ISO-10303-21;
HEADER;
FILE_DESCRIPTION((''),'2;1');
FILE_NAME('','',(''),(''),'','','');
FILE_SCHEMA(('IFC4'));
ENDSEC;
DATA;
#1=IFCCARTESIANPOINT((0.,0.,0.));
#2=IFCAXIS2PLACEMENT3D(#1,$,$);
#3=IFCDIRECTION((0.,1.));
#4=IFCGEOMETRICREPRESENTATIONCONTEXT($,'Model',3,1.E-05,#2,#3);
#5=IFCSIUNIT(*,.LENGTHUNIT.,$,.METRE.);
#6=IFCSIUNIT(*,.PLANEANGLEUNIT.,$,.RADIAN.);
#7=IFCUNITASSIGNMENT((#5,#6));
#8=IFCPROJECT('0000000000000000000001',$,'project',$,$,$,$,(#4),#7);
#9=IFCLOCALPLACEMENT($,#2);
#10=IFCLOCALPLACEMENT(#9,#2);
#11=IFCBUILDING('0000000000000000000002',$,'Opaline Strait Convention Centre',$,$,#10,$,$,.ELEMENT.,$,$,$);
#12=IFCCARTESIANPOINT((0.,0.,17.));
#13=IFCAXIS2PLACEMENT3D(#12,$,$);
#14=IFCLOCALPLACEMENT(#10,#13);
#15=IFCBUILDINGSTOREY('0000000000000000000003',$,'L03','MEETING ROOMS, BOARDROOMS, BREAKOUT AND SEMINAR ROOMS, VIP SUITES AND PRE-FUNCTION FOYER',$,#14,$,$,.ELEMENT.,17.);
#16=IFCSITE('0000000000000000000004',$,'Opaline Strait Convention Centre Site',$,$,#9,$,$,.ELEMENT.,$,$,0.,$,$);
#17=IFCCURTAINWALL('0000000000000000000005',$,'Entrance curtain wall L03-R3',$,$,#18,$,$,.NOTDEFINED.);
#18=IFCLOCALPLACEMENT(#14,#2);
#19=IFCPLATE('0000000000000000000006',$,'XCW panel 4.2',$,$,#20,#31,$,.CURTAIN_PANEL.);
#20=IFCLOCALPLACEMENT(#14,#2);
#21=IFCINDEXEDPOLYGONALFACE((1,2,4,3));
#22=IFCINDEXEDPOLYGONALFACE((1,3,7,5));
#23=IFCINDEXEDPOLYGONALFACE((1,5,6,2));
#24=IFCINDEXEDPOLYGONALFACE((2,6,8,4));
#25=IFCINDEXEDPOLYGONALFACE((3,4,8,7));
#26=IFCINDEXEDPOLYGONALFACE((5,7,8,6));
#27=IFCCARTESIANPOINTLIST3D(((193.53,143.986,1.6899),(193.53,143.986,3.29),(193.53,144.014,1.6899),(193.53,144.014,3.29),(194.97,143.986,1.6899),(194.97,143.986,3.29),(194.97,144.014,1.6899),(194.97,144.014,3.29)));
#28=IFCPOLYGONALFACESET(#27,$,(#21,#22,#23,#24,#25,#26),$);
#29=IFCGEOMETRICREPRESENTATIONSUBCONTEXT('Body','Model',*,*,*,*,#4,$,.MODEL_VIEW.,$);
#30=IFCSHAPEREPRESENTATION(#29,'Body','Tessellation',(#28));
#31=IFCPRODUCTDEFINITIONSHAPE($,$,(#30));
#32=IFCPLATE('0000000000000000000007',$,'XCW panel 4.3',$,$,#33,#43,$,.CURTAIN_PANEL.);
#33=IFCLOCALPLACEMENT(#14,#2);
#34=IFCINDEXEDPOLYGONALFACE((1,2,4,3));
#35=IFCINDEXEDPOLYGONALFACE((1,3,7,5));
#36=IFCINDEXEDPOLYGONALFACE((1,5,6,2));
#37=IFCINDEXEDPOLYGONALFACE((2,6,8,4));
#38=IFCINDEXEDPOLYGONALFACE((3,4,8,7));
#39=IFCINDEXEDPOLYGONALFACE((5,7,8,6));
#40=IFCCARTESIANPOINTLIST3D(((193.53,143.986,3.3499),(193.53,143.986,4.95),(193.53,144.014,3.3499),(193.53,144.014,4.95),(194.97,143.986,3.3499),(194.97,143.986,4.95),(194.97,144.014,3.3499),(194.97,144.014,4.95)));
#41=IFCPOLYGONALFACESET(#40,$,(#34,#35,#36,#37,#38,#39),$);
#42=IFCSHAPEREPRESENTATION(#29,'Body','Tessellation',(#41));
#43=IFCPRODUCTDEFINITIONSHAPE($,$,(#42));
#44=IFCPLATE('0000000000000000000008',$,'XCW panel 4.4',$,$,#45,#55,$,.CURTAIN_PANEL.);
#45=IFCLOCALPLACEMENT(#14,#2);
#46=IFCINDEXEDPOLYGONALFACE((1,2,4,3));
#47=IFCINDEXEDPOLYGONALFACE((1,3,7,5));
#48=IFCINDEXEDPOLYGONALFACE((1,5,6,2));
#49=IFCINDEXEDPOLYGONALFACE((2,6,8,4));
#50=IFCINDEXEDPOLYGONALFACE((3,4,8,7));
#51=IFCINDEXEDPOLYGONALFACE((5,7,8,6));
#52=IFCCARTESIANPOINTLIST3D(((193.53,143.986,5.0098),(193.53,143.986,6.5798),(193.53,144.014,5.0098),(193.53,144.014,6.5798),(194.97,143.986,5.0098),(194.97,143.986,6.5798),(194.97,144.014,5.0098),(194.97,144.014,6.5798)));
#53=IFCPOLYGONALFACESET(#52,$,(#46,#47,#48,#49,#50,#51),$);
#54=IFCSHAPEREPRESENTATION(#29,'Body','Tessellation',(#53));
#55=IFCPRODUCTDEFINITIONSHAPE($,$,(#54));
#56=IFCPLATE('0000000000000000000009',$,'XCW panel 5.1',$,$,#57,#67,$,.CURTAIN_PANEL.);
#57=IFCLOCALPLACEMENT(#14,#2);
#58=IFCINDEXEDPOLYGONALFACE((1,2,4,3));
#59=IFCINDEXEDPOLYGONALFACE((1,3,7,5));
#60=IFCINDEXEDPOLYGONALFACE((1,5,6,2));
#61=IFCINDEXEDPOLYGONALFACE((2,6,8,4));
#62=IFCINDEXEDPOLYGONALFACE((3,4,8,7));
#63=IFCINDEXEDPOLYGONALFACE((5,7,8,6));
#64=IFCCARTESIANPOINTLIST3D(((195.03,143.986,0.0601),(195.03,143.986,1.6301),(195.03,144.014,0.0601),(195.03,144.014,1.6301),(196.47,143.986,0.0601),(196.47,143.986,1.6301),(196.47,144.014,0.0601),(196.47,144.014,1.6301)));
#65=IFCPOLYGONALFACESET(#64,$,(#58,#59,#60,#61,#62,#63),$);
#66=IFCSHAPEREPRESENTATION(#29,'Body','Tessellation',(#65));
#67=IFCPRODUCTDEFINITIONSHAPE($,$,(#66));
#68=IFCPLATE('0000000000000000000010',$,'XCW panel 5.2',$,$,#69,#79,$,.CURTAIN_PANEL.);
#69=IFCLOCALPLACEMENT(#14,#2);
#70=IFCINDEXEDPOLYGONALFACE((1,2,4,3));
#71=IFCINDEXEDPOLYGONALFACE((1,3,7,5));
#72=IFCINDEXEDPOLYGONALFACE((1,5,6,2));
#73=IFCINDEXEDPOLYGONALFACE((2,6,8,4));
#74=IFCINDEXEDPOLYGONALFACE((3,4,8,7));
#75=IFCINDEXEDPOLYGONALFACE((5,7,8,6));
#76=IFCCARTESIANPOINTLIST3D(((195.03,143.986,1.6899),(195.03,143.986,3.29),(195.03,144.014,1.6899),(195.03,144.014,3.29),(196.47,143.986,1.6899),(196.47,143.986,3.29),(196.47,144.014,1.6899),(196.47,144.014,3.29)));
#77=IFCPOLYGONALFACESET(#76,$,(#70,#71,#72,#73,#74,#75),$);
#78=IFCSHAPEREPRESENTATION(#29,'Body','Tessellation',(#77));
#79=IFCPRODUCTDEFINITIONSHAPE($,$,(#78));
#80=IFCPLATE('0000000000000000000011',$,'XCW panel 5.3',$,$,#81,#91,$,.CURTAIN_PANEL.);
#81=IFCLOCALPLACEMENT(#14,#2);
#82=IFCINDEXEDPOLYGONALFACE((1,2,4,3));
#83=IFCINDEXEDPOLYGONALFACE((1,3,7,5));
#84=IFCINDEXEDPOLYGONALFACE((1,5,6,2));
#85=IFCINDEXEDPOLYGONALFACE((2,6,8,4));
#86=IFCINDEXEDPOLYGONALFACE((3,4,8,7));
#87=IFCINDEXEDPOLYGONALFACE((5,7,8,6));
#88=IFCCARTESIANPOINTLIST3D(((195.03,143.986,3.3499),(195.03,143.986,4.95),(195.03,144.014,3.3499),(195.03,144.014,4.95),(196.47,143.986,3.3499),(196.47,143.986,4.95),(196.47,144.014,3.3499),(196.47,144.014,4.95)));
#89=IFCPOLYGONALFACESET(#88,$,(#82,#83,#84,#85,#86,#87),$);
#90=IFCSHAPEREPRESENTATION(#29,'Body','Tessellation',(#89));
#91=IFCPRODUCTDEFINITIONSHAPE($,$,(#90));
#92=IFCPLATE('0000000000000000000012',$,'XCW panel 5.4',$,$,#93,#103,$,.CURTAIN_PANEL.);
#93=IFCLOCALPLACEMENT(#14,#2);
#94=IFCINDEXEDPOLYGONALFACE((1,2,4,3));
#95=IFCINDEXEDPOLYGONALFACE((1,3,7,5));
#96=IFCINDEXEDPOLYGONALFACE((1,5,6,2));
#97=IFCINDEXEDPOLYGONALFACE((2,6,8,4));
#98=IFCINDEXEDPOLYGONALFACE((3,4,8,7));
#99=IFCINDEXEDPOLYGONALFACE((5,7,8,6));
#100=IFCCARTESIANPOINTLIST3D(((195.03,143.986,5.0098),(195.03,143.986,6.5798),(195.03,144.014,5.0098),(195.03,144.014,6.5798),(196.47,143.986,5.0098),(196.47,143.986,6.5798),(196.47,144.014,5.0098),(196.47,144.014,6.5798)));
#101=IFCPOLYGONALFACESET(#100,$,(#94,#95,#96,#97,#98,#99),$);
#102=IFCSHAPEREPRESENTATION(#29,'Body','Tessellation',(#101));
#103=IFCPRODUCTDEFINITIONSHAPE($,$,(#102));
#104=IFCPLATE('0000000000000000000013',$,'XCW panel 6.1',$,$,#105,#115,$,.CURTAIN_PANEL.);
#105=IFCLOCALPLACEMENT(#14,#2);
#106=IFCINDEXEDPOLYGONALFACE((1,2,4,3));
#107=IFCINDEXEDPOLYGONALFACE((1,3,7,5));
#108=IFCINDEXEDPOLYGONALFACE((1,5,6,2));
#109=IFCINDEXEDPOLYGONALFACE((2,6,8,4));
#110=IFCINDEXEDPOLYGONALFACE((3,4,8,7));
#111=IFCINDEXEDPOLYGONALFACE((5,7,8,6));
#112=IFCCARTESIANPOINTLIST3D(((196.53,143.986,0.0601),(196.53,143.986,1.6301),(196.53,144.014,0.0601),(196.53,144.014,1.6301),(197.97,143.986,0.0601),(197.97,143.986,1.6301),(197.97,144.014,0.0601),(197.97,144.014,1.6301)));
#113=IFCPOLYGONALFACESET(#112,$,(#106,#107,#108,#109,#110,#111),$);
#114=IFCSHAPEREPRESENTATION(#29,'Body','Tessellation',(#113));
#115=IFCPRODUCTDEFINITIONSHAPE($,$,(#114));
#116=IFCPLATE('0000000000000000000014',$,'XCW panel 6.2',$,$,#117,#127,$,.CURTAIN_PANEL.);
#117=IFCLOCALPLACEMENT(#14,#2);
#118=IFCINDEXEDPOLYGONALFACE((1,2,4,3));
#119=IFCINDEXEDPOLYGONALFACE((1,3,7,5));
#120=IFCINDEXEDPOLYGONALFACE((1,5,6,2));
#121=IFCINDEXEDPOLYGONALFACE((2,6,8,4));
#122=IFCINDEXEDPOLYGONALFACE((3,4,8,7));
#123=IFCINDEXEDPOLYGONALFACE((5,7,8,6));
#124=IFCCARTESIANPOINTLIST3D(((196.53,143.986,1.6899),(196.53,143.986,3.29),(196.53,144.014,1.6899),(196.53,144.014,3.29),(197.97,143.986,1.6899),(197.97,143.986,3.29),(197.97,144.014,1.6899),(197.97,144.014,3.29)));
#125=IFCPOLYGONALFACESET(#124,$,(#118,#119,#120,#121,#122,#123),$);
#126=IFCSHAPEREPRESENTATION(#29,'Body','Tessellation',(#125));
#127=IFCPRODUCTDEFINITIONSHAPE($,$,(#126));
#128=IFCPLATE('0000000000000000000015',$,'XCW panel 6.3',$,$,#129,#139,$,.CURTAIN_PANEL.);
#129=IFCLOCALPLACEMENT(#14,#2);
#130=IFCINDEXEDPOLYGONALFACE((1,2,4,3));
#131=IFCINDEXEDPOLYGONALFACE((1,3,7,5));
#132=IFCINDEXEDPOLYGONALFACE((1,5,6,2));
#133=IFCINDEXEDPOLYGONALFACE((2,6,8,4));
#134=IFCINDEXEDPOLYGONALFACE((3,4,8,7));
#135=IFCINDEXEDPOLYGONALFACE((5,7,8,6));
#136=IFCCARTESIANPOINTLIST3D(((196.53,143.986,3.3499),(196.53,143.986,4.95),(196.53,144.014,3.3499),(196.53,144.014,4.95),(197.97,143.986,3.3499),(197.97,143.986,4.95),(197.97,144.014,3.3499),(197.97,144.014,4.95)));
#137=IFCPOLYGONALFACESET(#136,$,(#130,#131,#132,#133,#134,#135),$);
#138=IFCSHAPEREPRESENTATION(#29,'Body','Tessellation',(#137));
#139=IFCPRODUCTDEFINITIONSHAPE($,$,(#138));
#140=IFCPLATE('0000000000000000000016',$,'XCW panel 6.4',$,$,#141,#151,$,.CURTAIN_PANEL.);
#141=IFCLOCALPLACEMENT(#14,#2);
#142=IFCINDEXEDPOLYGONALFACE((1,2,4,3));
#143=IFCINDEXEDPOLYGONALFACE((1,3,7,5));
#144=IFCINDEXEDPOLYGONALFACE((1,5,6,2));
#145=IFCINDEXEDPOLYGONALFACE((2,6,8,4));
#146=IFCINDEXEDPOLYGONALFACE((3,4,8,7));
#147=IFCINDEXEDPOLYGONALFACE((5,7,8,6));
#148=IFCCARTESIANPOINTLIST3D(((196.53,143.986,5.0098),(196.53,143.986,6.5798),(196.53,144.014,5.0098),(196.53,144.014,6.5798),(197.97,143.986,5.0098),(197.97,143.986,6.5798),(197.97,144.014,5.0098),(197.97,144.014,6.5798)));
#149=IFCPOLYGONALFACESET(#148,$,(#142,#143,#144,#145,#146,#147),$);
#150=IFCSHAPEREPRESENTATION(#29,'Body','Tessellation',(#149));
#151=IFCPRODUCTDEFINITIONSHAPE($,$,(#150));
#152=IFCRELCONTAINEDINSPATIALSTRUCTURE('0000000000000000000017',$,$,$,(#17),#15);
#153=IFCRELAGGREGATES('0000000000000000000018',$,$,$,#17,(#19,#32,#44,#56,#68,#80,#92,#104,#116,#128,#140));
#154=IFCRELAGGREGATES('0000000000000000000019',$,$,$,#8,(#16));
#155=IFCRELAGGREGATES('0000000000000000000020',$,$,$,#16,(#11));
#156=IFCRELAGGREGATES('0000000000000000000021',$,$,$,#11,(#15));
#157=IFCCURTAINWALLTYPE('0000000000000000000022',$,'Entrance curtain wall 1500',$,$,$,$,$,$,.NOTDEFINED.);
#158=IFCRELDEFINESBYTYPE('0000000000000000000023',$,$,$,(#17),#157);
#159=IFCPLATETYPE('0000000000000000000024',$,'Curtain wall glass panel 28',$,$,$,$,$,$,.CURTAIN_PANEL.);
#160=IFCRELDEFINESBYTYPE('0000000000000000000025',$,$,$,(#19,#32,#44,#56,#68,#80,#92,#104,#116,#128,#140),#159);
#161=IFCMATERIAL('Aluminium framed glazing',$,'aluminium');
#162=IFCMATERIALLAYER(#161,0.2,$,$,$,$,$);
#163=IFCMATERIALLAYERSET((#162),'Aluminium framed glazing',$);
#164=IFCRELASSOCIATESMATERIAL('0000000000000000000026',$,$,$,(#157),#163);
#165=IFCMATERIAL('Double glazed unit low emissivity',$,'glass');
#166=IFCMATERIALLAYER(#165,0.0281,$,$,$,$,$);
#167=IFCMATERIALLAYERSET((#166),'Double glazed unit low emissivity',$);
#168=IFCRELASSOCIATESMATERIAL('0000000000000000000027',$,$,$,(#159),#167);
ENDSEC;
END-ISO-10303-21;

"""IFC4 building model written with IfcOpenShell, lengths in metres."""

from ifc_helpers import new_model, si_unit, direction, frame, origin, origin_2d, place, context, subcontext, project, spatial, rectangle, extrude, material, layer, layer_set, type_object, element, aggregate, save


model = new_model("IFC4")

# Units and contexts
model_context = context("Model", 3, precision=1e-05, world=origin(), true_north=direction((0.0, 1.0)))
body_context = subcontext(model_context, "Body", "Model", "MODEL_VIEW")
ifc_project = project(units=[si_unit("LENGTHUNIT", "METRE"), si_unit("PLANEANGLEUNIT", "RADIAN")], contexts=[model_context])

# Site, building, storey
site_placement = place(None, origin())
site = spatial("IfcSite", under=ifc_project, at=site_placement, Name="Opaline Strait Convention Centre Site", CompositionType="ELEMENT", RefElevation=0.0)
building_placement = place(site_placement, origin())
building = spatial("IfcBuilding", under=site, at=building_placement, Name="Opaline Strait Convention Centre", CompositionType="ELEMENT")
storey_placement = place(building_placement, frame((0.0, 0.0, 17.0)))
storey = spatial("IfcBuildingStorey", under=building, at=storey_placement, Name="L03", Description="MEETING ROOMS, BOARDROOMS, BREAKOUT AND SEMINAR ROOMS, VIP SUITES AND PRE-FUNCTION FOYER", CompositionType="ELEMENT", Elevation=17.0)

# Curtain wall, plates
ifc_material_1 = material(Name="Aluminium framed glazing", Category="aluminium")
ifc_layer_1 = layer(ifc_material_1, 0.2)
ifc_layer_set_1 = layer_set([ifc_layer_1], Name="Aluminium framed glazing")
curtain_wall_type = type_object("IfcCurtainWallType", Name="Entrance curtain wall 1500", PredefinedType="NOTDEFINED", material=ifc_layer_set_1)
curtain_wall_placement = place(storey_placement, origin())
curtain_wall = element("IfcCurtainWall", 1, at=curtain_wall_placement, inside=storey, type_object=curtain_wall_type, Name="Entrance curtain wall L03-R3", PredefinedType="NOTDEFINED")
ifc_material_2 = material(Name="Double glazed unit low emissivity", Category="glass")
ifc_layer_2 = layer(ifc_material_2, 0.0281)
ifc_layer_set_2 = layer_set([ifc_layer_2], Name="Double glazed unit low emissivity")
plate_type = type_object("IfcPlateType", Name="Curtain wall glass panel 28", PredefinedType="CURTAIN_PANEL", material=ifc_layer_set_2)
plate_1_placement = place(storey_placement, frame((194.25, 144.0, 1.6899), z_axis=(0.0, 0.0, 1.0), x_axis=(1.0, 0.0, 0.0)))
plate_1 = element("IfcPlate", 2, at=plate_1_placement, type_object=plate_type, Name="XCW panel 4.2", PredefinedType="CURTAIN_PANEL", context=body_context, shape_type="SweptSolid", body=[
    extrude(rectangle(XDim=1.4399, YDim=0.0281, at=origin_2d()), origin(), (0.0, 0.0, 1.0), 1.6001),
])
plate_2_placement = place(storey_placement, frame((194.25, 144.0, 3.3499), z_axis=(0.0, 0.0, 1.0), x_axis=(1.0, 0.0, 0.0)))
plate_2 = element("IfcPlate", 3, at=plate_2_placement, type_object=plate_type, Name="XCW panel 4.3", PredefinedType="CURTAIN_PANEL", context=body_context, shape_type="SweptSolid", body=[
    extrude(rectangle(XDim=1.4399, YDim=0.0281, at=origin_2d()), origin(), (0.0, 0.0, 1.0), 1.6001),
])
plate_3_placement = place(storey_placement, frame((194.25, 144.0, 5.0098), z_axis=(0.0, 0.0, 1.0), x_axis=(1.0, 0.0, 0.0)))
plate_3 = element("IfcPlate", 4, at=plate_3_placement, type_object=plate_type, Name="XCW panel 4.4", PredefinedType="CURTAIN_PANEL", context=body_context, shape_type="SweptSolid", body=[
    extrude(rectangle(XDim=1.4399, YDim=0.0281, at=origin_2d()), origin(), (0.0, 0.0, 1.0), 1.5701),
])
plate_4_placement = place(storey_placement, frame((195.75, 144.0, 0.0601), z_axis=(0.0, 0.0, 1.0), x_axis=(1.0, 0.0, 0.0)))
plate_4 = element("IfcPlate", 5, at=plate_4_placement, type_object=plate_type, Name="XCW panel 5.1", PredefinedType="CURTAIN_PANEL", context=body_context, shape_type="SweptSolid", body=[
    extrude(rectangle(XDim=1.4399, YDim=0.0281, at=origin_2d()), origin(), (0.0, 0.0, 1.0), 1.5701),
])
plate_5_placement = place(storey_placement, frame((195.75, 144.0, 1.6899), z_axis=(0.0, 0.0, 1.0), x_axis=(1.0, 0.0, 0.0)))
plate_5 = element("IfcPlate", 6, at=plate_5_placement, type_object=plate_type, Name="XCW panel 5.2", PredefinedType="CURTAIN_PANEL", context=body_context, shape_type="SweptSolid", body=[
    extrude(rectangle(XDim=1.4399, YDim=0.0281, at=origin_2d()), origin(), (0.0, 0.0, 1.0), 1.6001),
])
plate_6_placement = place(storey_placement, frame((195.75, 144.0, 3.3499), z_axis=(0.0, 0.0, 1.0), x_axis=(1.0, 0.0, 0.0)))
plate_6 = element("IfcPlate", 7, at=plate_6_placement, type_object=plate_type, Name="XCW panel 5.3", PredefinedType="CURTAIN_PANEL", context=body_context, shape_type="SweptSolid", body=[
    extrude(rectangle(XDim=1.4399, YDim=0.0281, at=origin_2d()), origin(), (0.0, 0.0, 1.0), 1.6001),
])
plate_7_placement = place(storey_placement, frame((195.75, 144.0, 5.0098), z_axis=(0.0, 0.0, 1.0), x_axis=(1.0, 0.0, 0.0)))
plate_7 = element("IfcPlate", 8, at=plate_7_placement, type_object=plate_type, Name="XCW panel 5.4", PredefinedType="CURTAIN_PANEL", context=body_context, shape_type="SweptSolid", body=[
    extrude(rectangle(XDim=1.4399, YDim=0.0281, at=origin_2d()), origin(), (0.0, 0.0, 1.0), 1.5701),
])
plate_8_placement = place(storey_placement, frame((197.25, 144.0, 0.0601), z_axis=(0.0, 0.0, 1.0), x_axis=(1.0, 0.0, 0.0)))
plate_8 = element("IfcPlate", 9, at=plate_8_placement, type_object=plate_type, Name="XCW panel 6.1", PredefinedType="CURTAIN_PANEL", context=body_context, shape_type="SweptSolid", body=[
    extrude(rectangle(XDim=1.4399, YDim=0.0281, at=origin_2d()), origin(), (0.0, 0.0, 1.0), 1.5701),
])
plate_9_placement = place(storey_placement, frame((197.25, 144.0, 1.6899), z_axis=(0.0, 0.0, 1.0), x_axis=(1.0, 0.0, 0.0)))
plate_9 = element("IfcPlate", 10, at=plate_9_placement, type_object=plate_type, Name="XCW panel 6.2", PredefinedType="CURTAIN_PANEL", context=body_context, shape_type="SweptSolid", body=[
    extrude(rectangle(XDim=1.4399, YDim=0.0281, at=origin_2d()), origin(), (0.0, 0.0, 1.0), 1.6001),
])
plate_10_placement = place(storey_placement, frame((197.25, 144.0, 3.3499), z_axis=(0.0, 0.0, 1.0), x_axis=(1.0, 0.0, 0.0)))
plate_10 = element("IfcPlate", 11, at=plate_10_placement, type_object=plate_type, Name="XCW panel 6.3", PredefinedType="CURTAIN_PANEL", context=body_context, shape_type="SweptSolid", body=[
    extrude(rectangle(XDim=1.4399, YDim=0.0281, at=origin_2d()), origin(), (0.0, 0.0, 1.0), 1.6001),
])
plate_11_placement = place(storey_placement, frame((197.25, 144.0, 5.0098), z_axis=(0.0, 0.0, 1.0), x_axis=(1.0, 0.0, 0.0)))
plate_11 = element("IfcPlate", 12, at=plate_11_placement, type_object=plate_type, Name="XCW panel 6.4", PredefinedType="CURTAIN_PANEL", context=body_context, shape_type="SweptSolid", body=[
    extrude(rectangle(XDim=1.4399, YDim=0.0281, at=origin_2d()), origin(), (0.0, 0.0, 1.0), 1.5701),
])
aggregate(curtain_wall, [plate_1, plate_2, plate_3, plate_4, plate_5, plate_6, plate_7, plate_8, plate_9, plate_10, plate_11])

save(model, "model.ifc")
